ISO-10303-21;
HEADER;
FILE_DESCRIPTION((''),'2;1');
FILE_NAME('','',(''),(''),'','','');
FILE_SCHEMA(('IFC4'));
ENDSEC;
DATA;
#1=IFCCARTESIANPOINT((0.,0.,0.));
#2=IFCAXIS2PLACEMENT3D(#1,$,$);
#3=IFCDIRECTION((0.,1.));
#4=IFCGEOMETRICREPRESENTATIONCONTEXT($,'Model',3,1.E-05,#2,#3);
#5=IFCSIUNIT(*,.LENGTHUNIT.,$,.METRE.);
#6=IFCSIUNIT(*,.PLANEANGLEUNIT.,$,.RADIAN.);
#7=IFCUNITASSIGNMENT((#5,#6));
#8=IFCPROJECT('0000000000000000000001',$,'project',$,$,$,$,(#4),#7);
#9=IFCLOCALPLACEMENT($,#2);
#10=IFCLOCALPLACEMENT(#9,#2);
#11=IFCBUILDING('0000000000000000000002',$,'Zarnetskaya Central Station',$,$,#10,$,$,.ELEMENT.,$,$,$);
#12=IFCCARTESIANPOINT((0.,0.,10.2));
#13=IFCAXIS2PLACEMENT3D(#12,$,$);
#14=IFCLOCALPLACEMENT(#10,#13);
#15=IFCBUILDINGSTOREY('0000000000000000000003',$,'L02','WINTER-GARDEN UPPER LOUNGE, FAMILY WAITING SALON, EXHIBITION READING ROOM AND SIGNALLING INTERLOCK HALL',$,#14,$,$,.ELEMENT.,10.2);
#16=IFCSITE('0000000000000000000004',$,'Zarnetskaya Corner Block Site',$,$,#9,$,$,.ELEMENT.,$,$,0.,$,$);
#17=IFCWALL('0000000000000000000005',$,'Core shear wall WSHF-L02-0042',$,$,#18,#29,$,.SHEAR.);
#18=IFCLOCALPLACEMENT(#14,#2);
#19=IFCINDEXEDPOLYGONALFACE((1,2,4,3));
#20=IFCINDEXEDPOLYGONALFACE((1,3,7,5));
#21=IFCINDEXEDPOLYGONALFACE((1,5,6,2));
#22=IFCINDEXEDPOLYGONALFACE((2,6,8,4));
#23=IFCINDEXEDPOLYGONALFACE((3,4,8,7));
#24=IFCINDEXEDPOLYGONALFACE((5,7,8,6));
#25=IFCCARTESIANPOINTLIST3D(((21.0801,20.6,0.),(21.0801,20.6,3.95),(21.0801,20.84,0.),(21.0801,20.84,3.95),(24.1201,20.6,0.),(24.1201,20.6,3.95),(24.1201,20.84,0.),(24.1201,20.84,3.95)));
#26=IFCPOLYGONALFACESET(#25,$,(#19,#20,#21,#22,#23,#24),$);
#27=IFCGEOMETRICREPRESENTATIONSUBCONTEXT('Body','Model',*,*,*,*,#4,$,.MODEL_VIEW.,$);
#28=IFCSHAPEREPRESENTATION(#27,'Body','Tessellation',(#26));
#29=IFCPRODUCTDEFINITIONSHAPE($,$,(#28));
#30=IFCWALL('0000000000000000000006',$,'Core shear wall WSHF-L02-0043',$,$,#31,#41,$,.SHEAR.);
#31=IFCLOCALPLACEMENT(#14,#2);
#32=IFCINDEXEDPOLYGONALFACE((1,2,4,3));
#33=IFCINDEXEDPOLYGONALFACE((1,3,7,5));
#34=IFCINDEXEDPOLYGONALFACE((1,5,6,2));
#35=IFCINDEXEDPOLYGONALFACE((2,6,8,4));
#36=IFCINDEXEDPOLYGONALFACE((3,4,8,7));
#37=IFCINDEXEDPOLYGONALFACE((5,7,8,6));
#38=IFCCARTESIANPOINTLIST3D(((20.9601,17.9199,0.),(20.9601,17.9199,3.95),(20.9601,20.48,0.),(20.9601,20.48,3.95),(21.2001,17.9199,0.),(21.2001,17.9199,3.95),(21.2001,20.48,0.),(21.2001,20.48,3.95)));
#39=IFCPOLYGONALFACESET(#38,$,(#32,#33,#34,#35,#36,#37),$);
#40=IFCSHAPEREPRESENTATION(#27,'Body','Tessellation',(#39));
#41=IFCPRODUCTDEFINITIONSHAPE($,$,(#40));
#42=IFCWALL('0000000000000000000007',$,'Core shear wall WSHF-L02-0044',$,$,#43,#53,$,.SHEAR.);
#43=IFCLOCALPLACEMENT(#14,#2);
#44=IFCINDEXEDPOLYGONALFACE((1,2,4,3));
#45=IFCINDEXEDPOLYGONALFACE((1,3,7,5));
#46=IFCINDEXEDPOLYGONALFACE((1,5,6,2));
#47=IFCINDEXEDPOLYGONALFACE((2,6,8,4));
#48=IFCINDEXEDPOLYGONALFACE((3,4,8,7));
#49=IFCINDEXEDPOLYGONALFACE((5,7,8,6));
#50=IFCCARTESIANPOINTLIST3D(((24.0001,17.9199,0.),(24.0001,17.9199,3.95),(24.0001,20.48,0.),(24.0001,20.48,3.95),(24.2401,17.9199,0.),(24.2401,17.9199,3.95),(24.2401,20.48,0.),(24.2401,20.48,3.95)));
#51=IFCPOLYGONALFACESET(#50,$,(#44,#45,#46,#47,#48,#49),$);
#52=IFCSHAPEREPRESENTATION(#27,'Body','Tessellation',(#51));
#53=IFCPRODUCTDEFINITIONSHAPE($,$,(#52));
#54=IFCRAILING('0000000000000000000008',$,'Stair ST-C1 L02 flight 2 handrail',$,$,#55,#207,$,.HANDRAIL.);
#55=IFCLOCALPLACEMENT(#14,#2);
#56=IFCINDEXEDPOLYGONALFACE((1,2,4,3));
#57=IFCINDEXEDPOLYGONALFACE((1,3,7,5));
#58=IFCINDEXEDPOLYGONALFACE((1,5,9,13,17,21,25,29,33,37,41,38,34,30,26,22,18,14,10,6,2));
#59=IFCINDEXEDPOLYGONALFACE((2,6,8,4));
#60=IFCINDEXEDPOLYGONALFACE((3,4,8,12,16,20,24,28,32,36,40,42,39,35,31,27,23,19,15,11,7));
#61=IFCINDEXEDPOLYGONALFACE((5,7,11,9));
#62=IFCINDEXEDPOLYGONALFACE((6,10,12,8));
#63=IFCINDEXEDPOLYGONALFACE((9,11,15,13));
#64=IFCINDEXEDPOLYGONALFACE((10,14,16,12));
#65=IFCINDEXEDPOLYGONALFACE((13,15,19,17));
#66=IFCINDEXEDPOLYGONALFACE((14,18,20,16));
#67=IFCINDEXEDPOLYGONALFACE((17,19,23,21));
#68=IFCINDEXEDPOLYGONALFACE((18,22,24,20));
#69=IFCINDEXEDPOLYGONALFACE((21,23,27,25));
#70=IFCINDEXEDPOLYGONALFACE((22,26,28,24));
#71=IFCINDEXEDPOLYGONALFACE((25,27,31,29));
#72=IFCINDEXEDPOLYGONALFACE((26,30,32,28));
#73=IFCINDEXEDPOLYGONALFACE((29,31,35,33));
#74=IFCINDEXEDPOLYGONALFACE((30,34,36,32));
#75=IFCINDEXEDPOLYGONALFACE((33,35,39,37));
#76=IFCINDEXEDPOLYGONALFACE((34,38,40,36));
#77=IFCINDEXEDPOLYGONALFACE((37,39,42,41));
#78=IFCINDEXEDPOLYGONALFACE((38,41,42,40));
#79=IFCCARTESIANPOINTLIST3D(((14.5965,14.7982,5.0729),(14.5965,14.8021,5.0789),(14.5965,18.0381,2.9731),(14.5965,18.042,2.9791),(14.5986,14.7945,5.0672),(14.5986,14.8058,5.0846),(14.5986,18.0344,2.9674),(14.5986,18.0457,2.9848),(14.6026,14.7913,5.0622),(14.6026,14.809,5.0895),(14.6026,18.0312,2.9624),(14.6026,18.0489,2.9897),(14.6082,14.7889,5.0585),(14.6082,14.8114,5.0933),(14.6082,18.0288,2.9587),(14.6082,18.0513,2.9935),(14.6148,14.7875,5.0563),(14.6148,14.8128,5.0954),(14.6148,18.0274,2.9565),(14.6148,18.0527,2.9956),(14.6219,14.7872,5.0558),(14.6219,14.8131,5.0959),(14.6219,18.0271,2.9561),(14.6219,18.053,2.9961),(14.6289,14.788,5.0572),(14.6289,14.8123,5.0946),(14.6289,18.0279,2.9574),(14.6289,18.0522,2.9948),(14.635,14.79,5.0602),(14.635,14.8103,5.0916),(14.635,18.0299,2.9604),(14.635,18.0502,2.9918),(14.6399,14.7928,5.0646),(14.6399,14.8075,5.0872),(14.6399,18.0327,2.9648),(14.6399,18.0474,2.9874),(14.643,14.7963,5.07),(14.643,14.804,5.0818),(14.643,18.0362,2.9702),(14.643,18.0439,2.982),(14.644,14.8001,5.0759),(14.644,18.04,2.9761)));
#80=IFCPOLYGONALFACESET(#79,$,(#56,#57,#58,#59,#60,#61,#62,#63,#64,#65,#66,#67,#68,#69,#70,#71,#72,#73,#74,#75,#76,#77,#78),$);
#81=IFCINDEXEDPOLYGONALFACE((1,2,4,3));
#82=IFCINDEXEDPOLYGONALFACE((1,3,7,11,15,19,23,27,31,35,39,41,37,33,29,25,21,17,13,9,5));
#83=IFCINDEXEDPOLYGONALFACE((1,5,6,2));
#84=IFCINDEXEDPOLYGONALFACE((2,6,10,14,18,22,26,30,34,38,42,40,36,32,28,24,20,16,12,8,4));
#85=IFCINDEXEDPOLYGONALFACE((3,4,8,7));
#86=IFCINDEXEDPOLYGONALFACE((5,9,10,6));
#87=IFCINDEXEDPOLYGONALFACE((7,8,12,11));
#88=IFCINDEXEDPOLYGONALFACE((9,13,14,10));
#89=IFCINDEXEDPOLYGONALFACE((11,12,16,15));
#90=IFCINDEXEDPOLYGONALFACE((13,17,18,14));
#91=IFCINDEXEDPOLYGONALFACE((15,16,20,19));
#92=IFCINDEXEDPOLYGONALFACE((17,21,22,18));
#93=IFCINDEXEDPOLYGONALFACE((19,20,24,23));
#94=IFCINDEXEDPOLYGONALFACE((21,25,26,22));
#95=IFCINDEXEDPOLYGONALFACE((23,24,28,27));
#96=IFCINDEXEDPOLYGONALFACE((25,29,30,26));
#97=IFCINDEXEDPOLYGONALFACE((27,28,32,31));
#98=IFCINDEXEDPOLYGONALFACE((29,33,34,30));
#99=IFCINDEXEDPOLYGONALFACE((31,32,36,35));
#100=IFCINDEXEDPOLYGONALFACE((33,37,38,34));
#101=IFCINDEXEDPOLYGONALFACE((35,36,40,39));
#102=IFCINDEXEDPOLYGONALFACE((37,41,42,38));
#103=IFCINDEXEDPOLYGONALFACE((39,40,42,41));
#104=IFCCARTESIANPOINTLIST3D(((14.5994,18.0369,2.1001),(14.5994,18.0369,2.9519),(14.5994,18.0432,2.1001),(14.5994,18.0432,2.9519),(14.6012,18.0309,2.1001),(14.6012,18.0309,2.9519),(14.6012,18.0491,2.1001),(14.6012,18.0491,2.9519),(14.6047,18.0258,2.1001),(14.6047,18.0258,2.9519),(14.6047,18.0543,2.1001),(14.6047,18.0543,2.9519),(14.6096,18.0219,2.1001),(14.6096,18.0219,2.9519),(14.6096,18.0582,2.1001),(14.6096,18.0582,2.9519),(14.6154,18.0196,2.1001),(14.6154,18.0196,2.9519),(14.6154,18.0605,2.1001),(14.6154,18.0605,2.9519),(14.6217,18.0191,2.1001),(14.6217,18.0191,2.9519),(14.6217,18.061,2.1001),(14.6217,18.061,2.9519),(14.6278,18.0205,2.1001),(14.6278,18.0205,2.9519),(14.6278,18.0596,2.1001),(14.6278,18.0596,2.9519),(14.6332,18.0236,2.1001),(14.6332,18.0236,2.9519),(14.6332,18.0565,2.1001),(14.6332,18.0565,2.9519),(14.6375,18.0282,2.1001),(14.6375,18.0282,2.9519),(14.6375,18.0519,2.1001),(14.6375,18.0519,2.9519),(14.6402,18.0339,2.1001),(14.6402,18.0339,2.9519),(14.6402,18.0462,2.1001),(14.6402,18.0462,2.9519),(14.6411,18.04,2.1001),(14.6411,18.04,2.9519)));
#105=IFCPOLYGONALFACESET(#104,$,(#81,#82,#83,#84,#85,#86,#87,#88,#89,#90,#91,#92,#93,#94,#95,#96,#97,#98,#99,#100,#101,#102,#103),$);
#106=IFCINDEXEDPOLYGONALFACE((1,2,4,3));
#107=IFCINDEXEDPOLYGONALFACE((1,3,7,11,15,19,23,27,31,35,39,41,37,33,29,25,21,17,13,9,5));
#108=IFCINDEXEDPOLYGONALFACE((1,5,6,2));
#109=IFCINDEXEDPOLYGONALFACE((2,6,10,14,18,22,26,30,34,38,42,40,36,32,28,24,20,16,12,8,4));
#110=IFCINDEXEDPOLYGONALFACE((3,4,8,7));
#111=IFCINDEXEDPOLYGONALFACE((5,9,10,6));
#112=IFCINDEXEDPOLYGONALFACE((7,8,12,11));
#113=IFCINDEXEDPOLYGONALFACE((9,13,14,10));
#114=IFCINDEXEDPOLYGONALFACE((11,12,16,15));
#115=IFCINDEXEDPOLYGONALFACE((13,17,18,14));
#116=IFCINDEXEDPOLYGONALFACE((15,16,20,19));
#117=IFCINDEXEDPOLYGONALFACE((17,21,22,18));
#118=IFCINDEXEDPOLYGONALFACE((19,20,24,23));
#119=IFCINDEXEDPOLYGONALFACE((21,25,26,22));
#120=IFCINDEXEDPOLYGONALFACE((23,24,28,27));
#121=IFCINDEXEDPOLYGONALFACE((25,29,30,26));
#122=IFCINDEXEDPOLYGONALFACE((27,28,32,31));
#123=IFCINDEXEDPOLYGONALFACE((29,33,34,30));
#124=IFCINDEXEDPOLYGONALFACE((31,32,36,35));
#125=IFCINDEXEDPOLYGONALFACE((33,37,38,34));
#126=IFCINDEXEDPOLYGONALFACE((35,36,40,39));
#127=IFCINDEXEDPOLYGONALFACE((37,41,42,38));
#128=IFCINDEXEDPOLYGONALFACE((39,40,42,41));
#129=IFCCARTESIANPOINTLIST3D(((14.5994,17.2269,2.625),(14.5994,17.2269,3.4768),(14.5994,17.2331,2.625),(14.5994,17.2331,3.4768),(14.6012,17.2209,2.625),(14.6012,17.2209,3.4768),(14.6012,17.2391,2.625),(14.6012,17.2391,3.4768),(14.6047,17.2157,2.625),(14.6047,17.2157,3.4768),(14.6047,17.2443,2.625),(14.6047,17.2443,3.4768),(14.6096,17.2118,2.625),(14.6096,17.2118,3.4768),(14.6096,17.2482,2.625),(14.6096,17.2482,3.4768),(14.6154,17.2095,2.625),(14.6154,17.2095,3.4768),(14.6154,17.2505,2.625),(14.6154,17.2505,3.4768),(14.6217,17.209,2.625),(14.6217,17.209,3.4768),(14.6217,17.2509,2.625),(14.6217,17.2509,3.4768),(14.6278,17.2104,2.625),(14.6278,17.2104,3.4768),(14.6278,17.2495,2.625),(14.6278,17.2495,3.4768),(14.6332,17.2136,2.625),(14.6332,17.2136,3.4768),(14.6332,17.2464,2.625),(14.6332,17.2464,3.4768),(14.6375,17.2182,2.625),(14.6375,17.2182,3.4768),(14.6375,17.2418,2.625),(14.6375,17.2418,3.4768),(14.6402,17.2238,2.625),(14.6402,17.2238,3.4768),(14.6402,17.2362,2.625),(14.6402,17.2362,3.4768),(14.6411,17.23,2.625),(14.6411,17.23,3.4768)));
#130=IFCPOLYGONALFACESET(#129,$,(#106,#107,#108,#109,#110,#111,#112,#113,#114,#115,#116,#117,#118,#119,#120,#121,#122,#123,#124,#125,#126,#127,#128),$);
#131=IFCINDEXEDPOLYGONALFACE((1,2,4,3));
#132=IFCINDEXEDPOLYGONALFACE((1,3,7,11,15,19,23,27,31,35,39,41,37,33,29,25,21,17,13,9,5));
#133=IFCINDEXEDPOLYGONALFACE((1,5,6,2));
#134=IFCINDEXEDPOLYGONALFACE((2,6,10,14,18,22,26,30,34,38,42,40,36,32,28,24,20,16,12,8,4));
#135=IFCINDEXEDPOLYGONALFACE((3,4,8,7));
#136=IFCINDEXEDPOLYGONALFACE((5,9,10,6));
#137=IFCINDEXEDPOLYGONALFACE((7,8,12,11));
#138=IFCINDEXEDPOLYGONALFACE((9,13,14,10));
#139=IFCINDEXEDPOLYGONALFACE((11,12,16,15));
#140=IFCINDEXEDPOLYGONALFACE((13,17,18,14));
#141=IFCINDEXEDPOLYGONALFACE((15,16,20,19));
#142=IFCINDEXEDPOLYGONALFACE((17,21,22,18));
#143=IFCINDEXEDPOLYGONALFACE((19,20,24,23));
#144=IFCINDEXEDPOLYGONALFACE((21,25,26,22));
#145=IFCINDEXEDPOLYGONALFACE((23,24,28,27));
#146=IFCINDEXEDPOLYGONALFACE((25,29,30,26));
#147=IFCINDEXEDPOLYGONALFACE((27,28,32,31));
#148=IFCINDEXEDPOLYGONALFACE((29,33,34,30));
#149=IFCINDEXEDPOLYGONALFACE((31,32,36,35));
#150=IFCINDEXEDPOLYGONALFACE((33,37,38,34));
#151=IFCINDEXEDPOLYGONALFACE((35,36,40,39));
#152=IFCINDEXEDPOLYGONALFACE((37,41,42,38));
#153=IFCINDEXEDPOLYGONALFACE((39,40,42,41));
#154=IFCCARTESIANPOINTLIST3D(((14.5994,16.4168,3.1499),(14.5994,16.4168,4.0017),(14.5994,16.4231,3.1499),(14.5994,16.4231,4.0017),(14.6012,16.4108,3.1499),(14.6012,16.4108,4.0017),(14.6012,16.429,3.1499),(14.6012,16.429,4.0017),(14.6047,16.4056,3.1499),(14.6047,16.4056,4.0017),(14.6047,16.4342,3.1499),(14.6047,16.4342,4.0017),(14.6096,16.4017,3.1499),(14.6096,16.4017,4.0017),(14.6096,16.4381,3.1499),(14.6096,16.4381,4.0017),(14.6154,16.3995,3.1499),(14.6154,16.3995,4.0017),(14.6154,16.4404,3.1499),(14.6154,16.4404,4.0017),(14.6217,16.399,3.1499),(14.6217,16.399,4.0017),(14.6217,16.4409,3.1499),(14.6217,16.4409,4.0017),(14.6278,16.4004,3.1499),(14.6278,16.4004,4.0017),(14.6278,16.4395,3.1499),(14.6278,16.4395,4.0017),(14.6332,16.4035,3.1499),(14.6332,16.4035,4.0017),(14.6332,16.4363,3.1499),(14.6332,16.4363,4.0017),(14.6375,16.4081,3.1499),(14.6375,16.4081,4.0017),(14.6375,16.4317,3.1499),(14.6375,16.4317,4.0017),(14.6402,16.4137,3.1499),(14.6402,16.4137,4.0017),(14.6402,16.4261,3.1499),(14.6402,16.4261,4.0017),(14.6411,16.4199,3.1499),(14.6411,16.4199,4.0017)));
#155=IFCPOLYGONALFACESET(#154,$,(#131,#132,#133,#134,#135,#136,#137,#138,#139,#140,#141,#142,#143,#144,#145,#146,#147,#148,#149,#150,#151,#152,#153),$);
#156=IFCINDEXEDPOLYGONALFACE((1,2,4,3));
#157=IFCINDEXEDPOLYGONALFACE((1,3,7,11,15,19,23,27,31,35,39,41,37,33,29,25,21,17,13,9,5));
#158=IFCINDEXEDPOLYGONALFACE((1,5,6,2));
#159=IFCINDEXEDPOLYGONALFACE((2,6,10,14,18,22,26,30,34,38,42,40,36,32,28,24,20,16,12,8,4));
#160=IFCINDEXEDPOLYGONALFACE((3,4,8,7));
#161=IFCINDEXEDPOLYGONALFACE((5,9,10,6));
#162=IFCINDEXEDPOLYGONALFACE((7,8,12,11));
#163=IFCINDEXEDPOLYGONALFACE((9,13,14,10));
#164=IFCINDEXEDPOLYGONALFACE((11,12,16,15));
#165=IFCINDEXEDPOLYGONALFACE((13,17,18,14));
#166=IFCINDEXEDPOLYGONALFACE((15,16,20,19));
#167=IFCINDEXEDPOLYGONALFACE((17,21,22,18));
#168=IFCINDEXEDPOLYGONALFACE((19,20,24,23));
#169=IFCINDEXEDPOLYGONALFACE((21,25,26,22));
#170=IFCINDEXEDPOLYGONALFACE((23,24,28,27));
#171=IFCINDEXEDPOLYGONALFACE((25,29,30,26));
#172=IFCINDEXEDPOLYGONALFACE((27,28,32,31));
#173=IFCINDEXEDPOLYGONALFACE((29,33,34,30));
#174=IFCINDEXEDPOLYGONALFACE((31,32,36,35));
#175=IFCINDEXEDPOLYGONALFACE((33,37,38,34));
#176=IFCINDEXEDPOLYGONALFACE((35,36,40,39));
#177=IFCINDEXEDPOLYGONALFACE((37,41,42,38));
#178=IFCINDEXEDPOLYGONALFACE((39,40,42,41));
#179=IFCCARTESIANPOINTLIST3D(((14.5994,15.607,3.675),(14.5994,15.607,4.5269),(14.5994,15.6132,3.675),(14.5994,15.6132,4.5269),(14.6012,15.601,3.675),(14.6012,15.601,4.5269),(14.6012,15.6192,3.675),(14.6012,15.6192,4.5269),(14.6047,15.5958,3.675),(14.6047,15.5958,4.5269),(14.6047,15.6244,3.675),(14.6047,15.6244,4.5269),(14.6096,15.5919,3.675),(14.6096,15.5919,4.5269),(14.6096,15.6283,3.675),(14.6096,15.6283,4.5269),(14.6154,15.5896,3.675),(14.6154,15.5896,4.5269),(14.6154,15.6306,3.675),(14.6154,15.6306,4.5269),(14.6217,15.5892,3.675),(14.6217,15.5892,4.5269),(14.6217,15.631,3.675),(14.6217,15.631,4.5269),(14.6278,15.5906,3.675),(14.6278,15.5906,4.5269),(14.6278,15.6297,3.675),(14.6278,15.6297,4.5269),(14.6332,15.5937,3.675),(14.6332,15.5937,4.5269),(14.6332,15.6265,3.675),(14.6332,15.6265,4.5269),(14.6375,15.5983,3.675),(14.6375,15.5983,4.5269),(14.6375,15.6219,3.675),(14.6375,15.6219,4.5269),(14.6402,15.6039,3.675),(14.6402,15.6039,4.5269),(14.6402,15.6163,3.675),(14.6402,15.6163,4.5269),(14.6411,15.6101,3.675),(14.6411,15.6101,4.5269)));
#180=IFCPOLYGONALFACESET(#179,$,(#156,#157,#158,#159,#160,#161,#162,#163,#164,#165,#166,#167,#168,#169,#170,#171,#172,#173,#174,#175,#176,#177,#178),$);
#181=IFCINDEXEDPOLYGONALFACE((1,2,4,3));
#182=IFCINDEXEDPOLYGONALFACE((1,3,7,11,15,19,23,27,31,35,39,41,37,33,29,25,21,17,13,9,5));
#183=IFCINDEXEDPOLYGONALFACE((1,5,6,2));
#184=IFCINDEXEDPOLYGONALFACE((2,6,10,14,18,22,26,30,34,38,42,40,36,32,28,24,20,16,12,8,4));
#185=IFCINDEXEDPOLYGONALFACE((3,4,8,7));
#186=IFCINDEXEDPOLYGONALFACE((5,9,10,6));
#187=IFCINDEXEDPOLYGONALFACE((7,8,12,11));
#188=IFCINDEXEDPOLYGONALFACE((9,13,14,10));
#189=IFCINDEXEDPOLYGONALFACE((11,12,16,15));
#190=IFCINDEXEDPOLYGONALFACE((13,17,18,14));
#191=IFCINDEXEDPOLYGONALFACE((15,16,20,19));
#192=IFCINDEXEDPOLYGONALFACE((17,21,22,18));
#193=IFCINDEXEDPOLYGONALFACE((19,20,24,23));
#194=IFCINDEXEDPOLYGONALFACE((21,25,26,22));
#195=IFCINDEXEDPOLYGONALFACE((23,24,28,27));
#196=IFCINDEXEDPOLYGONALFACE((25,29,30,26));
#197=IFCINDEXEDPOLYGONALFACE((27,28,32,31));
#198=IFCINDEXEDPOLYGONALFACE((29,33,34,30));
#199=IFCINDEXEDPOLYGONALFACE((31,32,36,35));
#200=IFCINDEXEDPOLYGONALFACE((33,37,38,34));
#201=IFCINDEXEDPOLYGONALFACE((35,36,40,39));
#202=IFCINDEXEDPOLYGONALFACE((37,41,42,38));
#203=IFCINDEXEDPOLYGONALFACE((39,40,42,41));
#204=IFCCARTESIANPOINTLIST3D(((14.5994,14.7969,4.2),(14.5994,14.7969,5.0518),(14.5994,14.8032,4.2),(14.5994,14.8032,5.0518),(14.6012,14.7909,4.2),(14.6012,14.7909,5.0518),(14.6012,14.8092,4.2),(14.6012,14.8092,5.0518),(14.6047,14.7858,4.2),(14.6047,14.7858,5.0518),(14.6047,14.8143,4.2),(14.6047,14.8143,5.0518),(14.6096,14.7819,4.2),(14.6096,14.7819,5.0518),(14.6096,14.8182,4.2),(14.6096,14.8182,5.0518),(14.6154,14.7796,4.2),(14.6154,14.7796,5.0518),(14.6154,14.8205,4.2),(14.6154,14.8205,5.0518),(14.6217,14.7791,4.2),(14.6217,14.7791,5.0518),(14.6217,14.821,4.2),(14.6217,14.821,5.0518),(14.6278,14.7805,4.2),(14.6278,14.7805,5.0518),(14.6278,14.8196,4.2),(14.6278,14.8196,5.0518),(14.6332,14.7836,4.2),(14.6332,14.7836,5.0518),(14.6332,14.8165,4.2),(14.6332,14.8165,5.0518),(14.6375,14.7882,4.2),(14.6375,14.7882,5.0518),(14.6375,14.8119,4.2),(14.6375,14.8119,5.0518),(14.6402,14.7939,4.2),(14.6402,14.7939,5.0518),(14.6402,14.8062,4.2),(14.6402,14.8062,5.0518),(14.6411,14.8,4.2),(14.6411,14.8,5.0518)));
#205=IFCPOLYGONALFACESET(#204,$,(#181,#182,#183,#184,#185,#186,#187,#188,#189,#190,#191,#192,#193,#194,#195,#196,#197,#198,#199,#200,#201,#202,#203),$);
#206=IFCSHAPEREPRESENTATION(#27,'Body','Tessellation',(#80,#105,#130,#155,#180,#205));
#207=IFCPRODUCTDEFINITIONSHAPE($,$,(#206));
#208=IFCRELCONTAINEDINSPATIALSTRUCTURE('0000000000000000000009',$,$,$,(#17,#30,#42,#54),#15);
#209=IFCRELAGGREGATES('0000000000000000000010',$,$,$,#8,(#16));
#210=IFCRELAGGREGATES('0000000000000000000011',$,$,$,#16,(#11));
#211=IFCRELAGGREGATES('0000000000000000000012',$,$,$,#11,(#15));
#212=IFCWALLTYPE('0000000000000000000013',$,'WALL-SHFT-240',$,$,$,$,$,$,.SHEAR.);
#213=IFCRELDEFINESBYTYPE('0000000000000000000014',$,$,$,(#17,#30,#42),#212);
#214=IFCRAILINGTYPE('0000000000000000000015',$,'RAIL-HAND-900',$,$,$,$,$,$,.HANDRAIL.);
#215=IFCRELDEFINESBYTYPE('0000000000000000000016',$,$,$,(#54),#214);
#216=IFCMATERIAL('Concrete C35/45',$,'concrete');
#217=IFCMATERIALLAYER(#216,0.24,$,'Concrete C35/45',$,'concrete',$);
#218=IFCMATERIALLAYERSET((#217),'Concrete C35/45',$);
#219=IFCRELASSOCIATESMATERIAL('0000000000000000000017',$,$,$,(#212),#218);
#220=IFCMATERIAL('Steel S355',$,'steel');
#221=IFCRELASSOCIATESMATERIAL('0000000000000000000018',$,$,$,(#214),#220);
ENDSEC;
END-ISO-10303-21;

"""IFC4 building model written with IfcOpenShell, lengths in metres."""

from ifc_helpers import new_model, si_unit, direction, frame, frame_2d, origin, origin_2d, place, context, subcontext, project, spatial, rectangle, circle, extrude, material, layer, layer_set, type_object, element, save


model = new_model("IFC4")

# Units and contexts
model_context = context("Model", 3, precision=1e-05, world=origin(), true_north=direction((0.0, 1.0)))
body_context = subcontext(model_context, "Body", "Model", "MODEL_VIEW")
ifc_project = project(units=[si_unit("LENGTHUNIT", "METRE"), si_unit("PLANEANGLEUNIT", "RADIAN")], contexts=[model_context])

# Site, building, storey
site_placement = place(None, origin())
site = spatial("IfcSite", under=ifc_project, at=site_placement, Name="Zarnetskaya Corner Block Site", CompositionType="ELEMENT", RefElevation=0.0)
building_placement = place(site_placement, origin())
building = spatial("IfcBuilding", under=site, at=building_placement, Name="Zarnetskaya Central Station", CompositionType="ELEMENT")
storey_placement = place(building_placement, frame((0.0, 0.0, 10.2)))
storey = spatial("IfcBuildingStorey", under=building, at=storey_placement, Name="L02", Description="WINTER-GARDEN UPPER LOUNGE, FAMILY WAITING SALON, EXHIBITION READING ROOM AND SIGNALLING INTERLOCK HALL", CompositionType="ELEMENT", Elevation=10.2)

# Shared definitions
ifc_material_1 = material(Name="Steel S355", Category="steel")

# Shared definitions
ifc_material_2 = material(Name="Concrete C35/45", Category="concrete")

# Shared definitions
ifc_layer_1 = layer(ifc_material_2, 0.24, Name="Concrete C35/45", Category="concrete")
ifc_layer_set_1 = layer_set([ifc_layer_1], Name="Concrete C35/45")
wall_type_1 = type_object("IfcWallType", Name="WALL-SHFT-240", PredefinedType="SHEAR", material=ifc_layer_set_1)

# Walls
wall_1_placement = place(storey_placement, frame((21.0801, 20.72, 0.0), z_axis=(0.0, 0.0, 1.0), x_axis=(1.0, 0.0, 0.0)))
element("IfcWall", 1, at=wall_1_placement, inside=storey, type_object=wall_type_1, Name="Core shear wall WSHF-L02-0042", PredefinedType="SHEAR", context=body_context, shape_type="SweptSolid", body=[
    extrude(rectangle(XDim=3.04, YDim=0.24, at=frame_2d((1.52, 0.0))), origin(), (0.0, 0.0, 1.0), 3.95),
])
for number, where, z_axis, x_axis, name in (
    (2, (21.0801, 17.9199, 0.0), (0.0, 0.0, 1.0), (0.0, 1.0, 0.0), "Core shear wall WSHF-L02-0043"),
    (3, (24.1201, 20.48, 0.0), (0.0, 0.0, 1.0), (0.0, -1.0, 0.0), "Core shear wall WSHF-L02-0044"),
):
    element("IfcWall", number, at=place(storey_placement, frame(where, z_axis=z_axis, x_axis=x_axis)), inside=storey, type_object=wall_type_1, Name=name, PredefinedType="SHEAR", context=body_context, shape_type="SweptSolid", body=[
        extrude(rectangle(XDim=2.5601, YDim=0.24, at=frame_2d((1.28, 0.0))), origin(), (0.0, 0.0, 1.0), 3.95),
    ])

# Railing
railing_type = type_object("IfcRailingType", Name="RAIL-HAND-900", PredefinedType="HANDRAIL", material=ifc_material_1)
railing_placement = place(storey_placement, frame((14.6201, 18.04, 2.1001)))
element("IfcRailing", 4, at=railing_placement, inside=storey, type_object=railing_type, Name="Stair ST-C1 L02 flight 2 handrail", PredefinedType="HANDRAIL", context=body_context, shape_type="SweptSolid", body=[
    extrude(circle(Radius=0.0239, at=origin_2d()), frame((0.0, 0.0, 0.876), z_axis=(0.0, -0.83917, 0.54387), x_axis=(1.0, 0.0, 0.0)), (0.0, 0.0, 1.0), 3.8608),
    extrude(circle(Radius=0.021, at=origin_2d()), origin(), (0.0, 0.0, 1.0), 0.8518),
    extrude(circle(Radius=0.021, at=origin_2d()), frame((0.0, -0.8101, 0.5249)), (0.0, 0.0, 1.0), 0.8518),
    extrude(circle(Radius=0.021, at=origin_2d()), frame((0.0, -1.6201, 1.0498)), (0.0, 0.0, 1.0), 0.8518),
    extrude(circle(Radius=0.021, at=origin_2d()), frame((0.0, -2.4299, 1.575)), (0.0, 0.0, 1.0), 0.8518),
    extrude(circle(Radius=0.021, at=origin_2d()), frame((0.0, -3.24, 2.0999)), (0.0, 0.0, 1.0), 0.8518),
])

save(model, "model.ifc")
